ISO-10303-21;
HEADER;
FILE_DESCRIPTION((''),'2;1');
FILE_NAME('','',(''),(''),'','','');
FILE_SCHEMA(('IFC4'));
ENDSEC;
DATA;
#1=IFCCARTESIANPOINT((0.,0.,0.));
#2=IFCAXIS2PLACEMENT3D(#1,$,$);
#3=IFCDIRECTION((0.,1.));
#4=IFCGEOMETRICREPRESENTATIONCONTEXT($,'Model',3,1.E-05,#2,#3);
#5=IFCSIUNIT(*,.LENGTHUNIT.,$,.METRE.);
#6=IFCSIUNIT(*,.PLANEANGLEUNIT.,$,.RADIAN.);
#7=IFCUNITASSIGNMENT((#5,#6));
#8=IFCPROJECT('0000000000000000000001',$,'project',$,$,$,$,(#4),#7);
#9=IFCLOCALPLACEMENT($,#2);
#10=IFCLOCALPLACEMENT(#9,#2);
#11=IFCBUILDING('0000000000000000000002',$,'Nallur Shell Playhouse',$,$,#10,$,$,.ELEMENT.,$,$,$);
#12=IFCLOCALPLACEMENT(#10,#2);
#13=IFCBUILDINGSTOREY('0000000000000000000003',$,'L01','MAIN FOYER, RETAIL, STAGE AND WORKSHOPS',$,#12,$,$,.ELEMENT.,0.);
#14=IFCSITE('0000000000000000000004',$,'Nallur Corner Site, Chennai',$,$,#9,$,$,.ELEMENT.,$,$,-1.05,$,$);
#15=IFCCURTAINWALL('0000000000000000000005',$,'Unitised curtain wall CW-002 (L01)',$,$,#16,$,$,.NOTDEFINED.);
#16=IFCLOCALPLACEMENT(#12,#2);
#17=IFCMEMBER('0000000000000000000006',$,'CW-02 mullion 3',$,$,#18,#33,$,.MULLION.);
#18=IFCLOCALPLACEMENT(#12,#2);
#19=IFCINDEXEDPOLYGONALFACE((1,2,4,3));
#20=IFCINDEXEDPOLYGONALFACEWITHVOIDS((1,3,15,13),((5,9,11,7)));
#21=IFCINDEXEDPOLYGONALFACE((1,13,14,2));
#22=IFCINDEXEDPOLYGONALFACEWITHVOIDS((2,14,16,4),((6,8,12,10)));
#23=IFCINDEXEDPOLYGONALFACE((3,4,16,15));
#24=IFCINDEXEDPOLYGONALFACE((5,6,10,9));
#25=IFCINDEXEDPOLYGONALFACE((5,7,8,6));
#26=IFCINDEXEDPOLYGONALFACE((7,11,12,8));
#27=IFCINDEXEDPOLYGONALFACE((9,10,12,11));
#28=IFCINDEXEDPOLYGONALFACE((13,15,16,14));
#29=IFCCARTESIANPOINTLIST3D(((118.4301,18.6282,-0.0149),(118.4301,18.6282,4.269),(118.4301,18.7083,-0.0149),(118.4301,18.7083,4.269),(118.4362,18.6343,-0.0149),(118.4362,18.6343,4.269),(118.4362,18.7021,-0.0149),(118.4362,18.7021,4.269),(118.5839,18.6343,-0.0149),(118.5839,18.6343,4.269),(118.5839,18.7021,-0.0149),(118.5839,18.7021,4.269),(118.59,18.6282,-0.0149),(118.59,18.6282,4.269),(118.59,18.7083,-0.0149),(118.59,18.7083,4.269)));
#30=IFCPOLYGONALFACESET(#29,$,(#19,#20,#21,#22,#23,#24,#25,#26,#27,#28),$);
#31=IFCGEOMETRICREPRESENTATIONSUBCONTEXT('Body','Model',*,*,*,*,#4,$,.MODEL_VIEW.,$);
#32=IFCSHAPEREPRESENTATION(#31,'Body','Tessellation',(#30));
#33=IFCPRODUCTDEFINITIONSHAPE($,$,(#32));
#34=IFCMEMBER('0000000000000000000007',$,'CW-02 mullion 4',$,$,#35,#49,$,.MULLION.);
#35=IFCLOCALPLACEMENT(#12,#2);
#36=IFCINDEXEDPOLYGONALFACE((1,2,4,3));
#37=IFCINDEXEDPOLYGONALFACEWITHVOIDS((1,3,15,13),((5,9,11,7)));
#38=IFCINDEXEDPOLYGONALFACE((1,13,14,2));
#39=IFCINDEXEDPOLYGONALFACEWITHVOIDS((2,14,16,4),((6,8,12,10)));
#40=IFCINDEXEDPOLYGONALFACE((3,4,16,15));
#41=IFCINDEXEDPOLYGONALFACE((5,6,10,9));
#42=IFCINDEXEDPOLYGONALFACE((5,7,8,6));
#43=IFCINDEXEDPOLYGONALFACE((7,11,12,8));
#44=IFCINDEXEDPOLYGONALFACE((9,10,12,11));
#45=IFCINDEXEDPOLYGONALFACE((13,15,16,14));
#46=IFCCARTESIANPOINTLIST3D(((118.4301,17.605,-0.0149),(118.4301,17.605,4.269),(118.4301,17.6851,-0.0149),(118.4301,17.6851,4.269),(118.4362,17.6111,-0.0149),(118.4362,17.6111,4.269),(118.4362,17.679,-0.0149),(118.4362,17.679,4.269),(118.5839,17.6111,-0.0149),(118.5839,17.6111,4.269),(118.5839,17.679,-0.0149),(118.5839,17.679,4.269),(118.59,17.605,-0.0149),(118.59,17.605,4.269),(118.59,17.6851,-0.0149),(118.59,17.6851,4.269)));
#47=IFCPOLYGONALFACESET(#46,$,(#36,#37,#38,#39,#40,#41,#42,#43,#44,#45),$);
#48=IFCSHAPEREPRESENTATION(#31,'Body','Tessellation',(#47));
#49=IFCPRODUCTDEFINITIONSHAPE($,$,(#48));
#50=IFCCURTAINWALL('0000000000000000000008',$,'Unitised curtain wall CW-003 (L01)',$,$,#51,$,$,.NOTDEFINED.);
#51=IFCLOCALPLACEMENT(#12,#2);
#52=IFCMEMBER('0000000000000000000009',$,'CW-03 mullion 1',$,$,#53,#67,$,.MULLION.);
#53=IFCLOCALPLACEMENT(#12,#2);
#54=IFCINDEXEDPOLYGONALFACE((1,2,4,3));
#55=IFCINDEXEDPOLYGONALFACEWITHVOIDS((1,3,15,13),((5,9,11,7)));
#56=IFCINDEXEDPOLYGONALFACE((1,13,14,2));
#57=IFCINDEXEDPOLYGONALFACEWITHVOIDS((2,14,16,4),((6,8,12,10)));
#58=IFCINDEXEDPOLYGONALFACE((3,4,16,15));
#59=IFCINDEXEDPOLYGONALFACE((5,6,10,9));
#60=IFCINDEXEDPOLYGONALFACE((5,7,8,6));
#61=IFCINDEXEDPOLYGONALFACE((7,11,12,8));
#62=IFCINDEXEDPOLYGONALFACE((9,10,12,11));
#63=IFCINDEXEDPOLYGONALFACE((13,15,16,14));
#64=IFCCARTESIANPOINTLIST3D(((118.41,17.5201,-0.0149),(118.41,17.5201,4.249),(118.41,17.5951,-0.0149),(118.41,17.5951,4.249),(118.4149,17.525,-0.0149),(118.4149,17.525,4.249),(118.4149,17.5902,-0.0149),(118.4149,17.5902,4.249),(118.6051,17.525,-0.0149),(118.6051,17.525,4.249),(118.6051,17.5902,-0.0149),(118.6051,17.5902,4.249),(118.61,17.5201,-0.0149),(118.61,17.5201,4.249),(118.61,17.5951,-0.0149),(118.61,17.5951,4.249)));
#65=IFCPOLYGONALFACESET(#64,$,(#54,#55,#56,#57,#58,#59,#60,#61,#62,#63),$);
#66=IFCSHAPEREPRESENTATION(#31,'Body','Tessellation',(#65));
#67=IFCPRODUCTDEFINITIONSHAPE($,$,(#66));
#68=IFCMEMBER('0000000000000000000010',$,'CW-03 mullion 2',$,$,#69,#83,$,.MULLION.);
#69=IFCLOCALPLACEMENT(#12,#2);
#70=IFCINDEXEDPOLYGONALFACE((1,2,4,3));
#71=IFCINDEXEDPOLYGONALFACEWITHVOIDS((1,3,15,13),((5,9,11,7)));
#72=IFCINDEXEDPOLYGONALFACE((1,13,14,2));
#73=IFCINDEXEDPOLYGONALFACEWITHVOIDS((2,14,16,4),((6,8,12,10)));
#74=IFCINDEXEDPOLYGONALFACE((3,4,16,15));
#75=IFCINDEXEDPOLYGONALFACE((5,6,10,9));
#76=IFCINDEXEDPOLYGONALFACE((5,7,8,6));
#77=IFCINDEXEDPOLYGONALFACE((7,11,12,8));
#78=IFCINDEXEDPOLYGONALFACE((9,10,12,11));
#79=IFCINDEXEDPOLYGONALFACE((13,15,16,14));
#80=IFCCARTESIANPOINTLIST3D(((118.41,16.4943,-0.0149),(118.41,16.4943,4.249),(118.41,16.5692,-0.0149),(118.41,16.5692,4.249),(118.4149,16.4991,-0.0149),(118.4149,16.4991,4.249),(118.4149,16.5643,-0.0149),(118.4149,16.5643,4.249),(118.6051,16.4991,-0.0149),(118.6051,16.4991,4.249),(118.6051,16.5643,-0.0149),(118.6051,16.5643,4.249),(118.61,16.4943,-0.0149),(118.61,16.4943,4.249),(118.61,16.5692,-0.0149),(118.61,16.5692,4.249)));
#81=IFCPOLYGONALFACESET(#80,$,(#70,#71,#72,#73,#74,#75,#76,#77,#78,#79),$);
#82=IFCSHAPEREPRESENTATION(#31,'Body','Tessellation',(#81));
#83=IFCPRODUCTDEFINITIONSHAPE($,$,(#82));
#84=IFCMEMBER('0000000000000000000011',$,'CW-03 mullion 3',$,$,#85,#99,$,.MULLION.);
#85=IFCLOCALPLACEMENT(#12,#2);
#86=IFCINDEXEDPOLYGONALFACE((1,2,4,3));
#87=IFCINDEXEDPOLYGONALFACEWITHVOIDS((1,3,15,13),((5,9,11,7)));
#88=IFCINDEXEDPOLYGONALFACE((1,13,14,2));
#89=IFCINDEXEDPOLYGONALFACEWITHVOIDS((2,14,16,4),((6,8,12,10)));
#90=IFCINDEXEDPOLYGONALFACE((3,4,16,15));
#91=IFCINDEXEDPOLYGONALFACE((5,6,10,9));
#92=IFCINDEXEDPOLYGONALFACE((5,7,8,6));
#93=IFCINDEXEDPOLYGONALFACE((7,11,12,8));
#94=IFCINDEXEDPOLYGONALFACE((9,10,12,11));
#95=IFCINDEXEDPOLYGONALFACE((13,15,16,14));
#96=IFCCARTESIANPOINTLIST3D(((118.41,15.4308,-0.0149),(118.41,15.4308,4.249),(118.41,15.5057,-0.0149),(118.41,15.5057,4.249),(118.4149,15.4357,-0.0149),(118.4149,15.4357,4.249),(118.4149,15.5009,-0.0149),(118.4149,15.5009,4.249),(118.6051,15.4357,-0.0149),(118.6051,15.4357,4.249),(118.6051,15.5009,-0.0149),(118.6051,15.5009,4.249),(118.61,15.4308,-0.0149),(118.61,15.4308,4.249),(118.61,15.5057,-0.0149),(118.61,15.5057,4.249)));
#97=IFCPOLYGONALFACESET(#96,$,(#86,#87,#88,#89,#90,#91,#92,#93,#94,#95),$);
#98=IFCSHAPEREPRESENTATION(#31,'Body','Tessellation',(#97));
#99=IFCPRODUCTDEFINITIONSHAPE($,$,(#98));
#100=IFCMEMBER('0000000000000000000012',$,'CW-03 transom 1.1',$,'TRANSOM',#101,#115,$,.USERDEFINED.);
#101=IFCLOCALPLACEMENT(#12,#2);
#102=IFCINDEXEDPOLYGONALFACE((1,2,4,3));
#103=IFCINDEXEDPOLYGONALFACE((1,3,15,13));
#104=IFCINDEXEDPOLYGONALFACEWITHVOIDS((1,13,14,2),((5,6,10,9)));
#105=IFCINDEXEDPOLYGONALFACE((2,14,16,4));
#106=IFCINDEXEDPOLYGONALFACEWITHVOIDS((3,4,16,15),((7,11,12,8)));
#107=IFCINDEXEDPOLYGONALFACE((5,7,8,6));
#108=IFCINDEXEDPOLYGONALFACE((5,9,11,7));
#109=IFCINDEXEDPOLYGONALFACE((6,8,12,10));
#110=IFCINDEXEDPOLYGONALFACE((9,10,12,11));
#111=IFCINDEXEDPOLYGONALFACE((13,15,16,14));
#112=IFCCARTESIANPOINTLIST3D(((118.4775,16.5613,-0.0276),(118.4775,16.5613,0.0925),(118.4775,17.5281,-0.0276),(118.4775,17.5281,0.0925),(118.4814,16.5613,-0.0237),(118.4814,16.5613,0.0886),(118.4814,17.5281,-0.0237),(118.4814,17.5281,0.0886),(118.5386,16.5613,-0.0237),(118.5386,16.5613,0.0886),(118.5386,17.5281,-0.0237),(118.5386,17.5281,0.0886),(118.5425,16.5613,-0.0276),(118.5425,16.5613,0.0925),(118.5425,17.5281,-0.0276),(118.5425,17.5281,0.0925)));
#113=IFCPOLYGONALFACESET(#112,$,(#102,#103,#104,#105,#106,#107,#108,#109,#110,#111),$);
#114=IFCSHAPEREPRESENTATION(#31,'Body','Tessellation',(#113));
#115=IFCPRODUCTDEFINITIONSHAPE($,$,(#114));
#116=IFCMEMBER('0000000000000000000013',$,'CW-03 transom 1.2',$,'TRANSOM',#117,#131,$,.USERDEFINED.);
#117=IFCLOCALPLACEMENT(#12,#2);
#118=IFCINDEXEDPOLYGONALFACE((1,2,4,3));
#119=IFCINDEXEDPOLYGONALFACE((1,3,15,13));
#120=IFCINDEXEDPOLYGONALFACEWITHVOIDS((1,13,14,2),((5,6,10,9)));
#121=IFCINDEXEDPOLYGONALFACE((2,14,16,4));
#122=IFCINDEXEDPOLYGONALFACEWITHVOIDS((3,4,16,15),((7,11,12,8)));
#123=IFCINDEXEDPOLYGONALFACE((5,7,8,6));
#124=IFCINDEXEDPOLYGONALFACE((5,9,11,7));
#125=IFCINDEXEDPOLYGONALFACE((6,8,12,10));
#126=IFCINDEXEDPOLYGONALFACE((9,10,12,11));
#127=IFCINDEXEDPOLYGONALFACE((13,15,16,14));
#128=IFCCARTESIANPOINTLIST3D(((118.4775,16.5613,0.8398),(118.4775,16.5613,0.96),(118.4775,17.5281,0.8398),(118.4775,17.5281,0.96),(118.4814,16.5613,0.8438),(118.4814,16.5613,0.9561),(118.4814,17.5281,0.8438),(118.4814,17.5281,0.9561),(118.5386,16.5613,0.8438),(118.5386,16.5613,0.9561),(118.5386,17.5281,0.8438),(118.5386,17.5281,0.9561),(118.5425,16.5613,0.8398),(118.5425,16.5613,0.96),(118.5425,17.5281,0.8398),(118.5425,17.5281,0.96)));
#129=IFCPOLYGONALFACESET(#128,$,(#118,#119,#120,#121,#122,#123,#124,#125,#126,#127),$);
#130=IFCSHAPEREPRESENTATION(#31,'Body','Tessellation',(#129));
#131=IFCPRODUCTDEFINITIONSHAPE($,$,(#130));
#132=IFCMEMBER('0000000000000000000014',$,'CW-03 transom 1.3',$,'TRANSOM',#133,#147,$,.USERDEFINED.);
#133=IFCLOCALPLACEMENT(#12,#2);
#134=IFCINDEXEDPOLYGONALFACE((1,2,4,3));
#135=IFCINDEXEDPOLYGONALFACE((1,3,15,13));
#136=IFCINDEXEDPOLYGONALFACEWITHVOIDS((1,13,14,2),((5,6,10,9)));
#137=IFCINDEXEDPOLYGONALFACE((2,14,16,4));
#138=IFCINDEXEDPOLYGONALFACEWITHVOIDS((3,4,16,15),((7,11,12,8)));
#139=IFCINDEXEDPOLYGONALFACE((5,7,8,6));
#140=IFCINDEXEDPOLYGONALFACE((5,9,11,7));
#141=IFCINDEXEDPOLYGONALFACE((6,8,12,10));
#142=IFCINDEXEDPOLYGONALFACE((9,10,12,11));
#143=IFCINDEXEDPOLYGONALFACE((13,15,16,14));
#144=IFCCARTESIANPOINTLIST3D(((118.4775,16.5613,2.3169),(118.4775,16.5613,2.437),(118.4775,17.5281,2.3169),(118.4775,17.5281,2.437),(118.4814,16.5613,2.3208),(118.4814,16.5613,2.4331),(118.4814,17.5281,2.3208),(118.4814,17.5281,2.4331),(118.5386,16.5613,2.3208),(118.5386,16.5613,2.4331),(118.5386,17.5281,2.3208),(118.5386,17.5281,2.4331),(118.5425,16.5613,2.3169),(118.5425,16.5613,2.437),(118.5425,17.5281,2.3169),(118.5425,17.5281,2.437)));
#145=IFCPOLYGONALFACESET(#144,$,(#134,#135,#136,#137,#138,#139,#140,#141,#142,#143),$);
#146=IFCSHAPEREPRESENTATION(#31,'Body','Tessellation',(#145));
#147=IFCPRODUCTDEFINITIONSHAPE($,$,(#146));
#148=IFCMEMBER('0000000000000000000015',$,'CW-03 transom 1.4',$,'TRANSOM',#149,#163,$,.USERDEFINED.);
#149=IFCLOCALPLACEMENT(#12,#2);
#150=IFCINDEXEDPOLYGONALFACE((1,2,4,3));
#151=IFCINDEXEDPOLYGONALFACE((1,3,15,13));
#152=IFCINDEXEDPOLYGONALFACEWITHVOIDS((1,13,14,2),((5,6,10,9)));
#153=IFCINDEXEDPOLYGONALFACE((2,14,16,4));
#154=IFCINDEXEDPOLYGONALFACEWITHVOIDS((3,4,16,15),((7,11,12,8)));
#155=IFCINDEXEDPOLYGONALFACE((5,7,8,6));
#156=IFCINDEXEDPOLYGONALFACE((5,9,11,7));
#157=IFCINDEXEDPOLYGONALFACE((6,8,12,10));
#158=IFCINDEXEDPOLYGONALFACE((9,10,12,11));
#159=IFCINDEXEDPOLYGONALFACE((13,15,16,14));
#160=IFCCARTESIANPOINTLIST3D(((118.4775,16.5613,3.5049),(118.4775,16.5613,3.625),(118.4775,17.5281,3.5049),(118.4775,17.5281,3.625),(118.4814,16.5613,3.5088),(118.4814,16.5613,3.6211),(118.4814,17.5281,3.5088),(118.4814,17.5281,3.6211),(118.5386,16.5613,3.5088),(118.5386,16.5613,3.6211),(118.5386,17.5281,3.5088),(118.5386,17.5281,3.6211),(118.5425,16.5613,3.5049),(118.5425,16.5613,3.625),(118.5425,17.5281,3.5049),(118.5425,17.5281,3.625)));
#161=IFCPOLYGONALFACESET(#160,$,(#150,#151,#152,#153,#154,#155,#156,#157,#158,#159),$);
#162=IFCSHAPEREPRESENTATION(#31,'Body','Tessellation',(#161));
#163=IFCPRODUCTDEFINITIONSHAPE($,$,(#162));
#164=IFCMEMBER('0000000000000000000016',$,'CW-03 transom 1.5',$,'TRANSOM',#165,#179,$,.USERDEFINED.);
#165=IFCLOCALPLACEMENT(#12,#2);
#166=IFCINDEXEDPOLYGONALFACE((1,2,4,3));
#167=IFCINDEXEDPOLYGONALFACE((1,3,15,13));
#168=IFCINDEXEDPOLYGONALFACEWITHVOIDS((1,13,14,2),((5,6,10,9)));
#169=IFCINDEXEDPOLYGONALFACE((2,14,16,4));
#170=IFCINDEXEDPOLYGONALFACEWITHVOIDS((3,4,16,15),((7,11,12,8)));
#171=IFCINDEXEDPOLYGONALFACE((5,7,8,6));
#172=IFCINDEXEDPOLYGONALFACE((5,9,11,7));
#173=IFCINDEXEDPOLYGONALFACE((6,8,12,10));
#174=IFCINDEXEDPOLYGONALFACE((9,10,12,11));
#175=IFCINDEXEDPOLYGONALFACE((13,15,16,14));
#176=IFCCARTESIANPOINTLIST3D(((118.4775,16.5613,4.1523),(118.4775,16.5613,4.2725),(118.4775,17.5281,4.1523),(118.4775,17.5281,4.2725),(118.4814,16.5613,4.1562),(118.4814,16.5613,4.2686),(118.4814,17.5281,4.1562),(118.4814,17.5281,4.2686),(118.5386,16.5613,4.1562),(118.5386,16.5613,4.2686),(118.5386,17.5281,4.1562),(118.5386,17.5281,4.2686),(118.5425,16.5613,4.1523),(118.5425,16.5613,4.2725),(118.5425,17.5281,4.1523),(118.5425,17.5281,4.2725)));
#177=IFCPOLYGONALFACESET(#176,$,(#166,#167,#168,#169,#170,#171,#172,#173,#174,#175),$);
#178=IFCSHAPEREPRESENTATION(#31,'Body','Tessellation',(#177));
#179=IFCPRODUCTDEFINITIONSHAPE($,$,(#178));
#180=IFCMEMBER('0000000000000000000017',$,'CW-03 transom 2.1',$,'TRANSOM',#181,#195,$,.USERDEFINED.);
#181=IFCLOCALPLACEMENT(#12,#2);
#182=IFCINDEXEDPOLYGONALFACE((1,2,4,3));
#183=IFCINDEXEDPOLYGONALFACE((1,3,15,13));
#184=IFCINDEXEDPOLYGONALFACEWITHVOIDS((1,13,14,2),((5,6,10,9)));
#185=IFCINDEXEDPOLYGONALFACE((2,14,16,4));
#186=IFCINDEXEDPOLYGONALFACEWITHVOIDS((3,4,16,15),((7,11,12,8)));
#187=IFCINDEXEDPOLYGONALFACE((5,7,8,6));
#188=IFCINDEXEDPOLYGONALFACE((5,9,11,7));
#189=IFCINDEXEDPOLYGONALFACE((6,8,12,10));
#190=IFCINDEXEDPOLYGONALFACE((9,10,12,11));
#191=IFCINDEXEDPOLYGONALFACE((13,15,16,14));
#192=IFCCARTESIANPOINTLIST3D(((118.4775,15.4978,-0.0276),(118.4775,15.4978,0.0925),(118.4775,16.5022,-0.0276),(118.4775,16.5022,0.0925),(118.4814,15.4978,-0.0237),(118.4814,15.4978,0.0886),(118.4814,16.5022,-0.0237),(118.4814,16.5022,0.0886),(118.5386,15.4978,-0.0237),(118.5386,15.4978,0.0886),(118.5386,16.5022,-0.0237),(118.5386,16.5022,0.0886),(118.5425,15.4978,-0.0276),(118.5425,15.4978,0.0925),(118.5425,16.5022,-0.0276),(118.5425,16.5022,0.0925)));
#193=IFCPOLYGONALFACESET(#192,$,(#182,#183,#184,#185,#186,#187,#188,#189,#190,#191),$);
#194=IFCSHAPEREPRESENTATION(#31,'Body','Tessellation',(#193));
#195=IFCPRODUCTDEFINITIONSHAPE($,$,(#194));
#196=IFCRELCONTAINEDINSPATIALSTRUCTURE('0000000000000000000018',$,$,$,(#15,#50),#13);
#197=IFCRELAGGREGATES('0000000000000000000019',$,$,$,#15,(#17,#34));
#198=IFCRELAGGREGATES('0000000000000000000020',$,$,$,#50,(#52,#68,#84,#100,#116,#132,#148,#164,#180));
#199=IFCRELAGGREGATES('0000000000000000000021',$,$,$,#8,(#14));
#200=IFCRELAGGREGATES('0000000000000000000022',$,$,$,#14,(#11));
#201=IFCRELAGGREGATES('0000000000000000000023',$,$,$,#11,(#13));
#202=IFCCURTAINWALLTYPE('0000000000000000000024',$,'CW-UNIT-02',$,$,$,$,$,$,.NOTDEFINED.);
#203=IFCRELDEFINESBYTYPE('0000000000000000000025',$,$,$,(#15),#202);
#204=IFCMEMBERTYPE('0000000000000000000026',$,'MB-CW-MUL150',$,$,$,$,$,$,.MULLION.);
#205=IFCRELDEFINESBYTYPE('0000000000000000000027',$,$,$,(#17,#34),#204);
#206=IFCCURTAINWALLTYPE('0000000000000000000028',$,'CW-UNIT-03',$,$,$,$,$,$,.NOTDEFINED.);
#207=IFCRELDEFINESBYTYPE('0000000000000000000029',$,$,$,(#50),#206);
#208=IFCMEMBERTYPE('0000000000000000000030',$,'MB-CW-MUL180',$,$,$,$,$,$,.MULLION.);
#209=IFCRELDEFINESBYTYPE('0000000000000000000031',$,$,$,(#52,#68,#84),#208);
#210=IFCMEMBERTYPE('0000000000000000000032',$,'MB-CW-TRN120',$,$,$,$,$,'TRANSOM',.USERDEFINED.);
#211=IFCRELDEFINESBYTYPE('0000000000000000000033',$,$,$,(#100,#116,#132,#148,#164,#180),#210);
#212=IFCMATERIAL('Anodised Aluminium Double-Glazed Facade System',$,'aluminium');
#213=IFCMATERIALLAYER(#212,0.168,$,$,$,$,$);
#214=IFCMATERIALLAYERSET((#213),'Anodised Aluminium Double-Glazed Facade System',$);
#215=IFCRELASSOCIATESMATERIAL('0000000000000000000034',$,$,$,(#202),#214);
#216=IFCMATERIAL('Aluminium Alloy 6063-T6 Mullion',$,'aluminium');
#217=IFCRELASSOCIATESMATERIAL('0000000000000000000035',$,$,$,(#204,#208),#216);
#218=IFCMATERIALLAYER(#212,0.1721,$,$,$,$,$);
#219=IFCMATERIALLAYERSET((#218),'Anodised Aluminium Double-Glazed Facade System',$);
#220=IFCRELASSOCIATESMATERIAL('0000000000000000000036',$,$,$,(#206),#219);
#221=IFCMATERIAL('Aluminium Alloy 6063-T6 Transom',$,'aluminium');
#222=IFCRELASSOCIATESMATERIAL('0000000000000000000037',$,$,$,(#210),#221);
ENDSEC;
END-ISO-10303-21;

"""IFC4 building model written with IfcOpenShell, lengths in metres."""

from ifc_helpers import new_model, si_unit, direction, frame, origin, origin_2d, place, context, subcontext, project, spatial, hollow_rectangle, extrude, material, layer, layer_set, material_profile, profile_set, type_object, element, aggregate, save


model = new_model("IFC4")

# Units and contexts
model_context = context("Model", 3, precision=1e-05, world=origin(), true_north=direction((0.0, 1.0)))
body_context = subcontext(model_context, "Body", "Model", "MODEL_VIEW")
ifc_project = project(units=[si_unit("LENGTHUNIT", "METRE"), si_unit("PLANEANGLEUNIT", "RADIAN")], contexts=[model_context])

# Site, building, storey
site_placement = place(None, origin())
site = spatial("IfcSite", under=ifc_project, at=site_placement, Name="Nallur Corner Site, Chennai", CompositionType="ELEMENT", RefElevation=-1.05)
building_placement = place(site_placement, origin())
building = spatial("IfcBuilding", under=site, at=building_placement, Name="Nallur Shell Playhouse", CompositionType="ELEMENT")
storey_placement = place(building_placement, origin())
storey = spatial("IfcBuildingStorey", under=building, at=storey_placement, Name="L01", Description="MAIN FOYER, RETAIL, STAGE AND WORKSHOPS", CompositionType="ELEMENT", Elevation=0.0)

# Curtain walls, members
ifc_material_1 = material(Name="Anodised Aluminium Double-Glazed Facade System", Category="aluminium")
ifc_layer_1 = layer(ifc_material_1, 0.168)
ifc_layer_set_1 = layer_set([ifc_layer_1], Name="Anodised Aluminium Double-Glazed Facade System")
curtain_wall_type_1 = type_object("IfcCurtainWallType", Name="CW-UNIT-02", PredefinedType="NOTDEFINED", material=ifc_layer_set_1)
curtain_wall_1_placement = place(storey_placement, origin())
curtain_wall_1 = element("IfcCurtainWall", 1, at=curtain_wall_1_placement, inside=storey, type_object=curtain_wall_type_1, Name="Unitised curtain wall CW-002 (L01)", PredefinedType="NOTDEFINED")
ifc_material_2 = material(Name="Aluminium Alloy 6063-T6 Mullion", Category="aluminium")
ifc_material_profile_1 = material_profile(ifc_material_2, hollow_rectangle(XDim=0.0801, YDim=0.1599, WallThickness=0.0061, at=origin_2d()), Name="RHS 160x80x6")
ifc_profile_set_1 = profile_set([ifc_material_profile_1], Name="Aluminium Alloy 6063-T6 Mullion")
member_type_1 = type_object("IfcMemberType", Name="MB-CW-MUL150", PredefinedType="MULLION", material=ifc_profile_set_1)
member_1_placement = place(storey_placement, frame((118.51, 18.6682, -0.0149), z_axis=(0.0, 0.0, 1.0), x_axis=(0.0, -1.0, 0.0)))
member_1 = element("IfcMember", 2, at=member_1_placement, type_object=member_type_1, Name="CW-02 mullion 3", PredefinedType="MULLION", context=body_context, shape_type="SweptSolid", body=[
    extrude(hollow_rectangle(XDim=0.0801, YDim=0.1599, WallThickness=0.0061, at=origin_2d()), origin(), (0.0, 0.0, 1.0), 4.2839),
])
member_2_placement = place(storey_placement, frame((118.51, 17.645, -0.0149), z_axis=(0.0, 0.0, 1.0), x_axis=(0.0, -1.0, 0.0)))
member_2 = element("IfcMember", 3, at=member_2_placement, type_object=member_type_1, Name="CW-02 mullion 4", PredefinedType="MULLION", context=body_context, shape_type="SweptSolid", body=[
    extrude(hollow_rectangle(XDim=0.0801, YDim=0.1599, WallThickness=0.0061, at=origin_2d()), origin(), (0.0, 0.0, 1.0), 4.2839),
])
ifc_layer_2 = layer(ifc_material_1, 0.1721)
ifc_layer_set_2 = layer_set([ifc_layer_2], Name="Anodised Aluminium Double-Glazed Facade System")
curtain_wall_type_2 = type_object("IfcCurtainWallType", Name="CW-UNIT-03", PredefinedType="NOTDEFINED", material=ifc_layer_set_2)
curtain_wall_2_placement = place(storey_placement, origin())
curtain_wall_2 = element("IfcCurtainWall", 4, at=curtain_wall_2_placement, inside=storey, type_object=curtain_wall_type_2, Name="Unitised curtain wall CW-003 (L01)", PredefinedType="NOTDEFINED")
ifc_material_profile_2 = material_profile(ifc_material_2, hollow_rectangle(XDim=0.075, YDim=0.2, WallThickness=0.0049, at=origin_2d()), Name="ALU 75x200x5")
ifc_profile_set_2 = profile_set([ifc_material_profile_2], Name="Aluminium Alloy 6063-T6 Mullion")
member_type_2 = type_object("IfcMemberType", Name="MB-CW-MUL180", PredefinedType="MULLION", material=ifc_profile_set_2)
member_3_placement = place(storey_placement, frame((118.51, 17.5576, -0.0149), z_axis=(0.0, 0.0, 1.0), x_axis=(0.0, -1.0, 0.0)))
member_3 = element("IfcMember", 5, at=member_3_placement, type_object=member_type_2, Name="CW-03 mullion 1", PredefinedType="MULLION", context=body_context, shape_type="SweptSolid", body=[
    extrude(hollow_rectangle(XDim=0.075, YDim=0.2, WallThickness=0.0049, at=origin_2d()), origin(), (0.0, 0.0, 1.0), 4.2639),
])
member_4_placement = place(storey_placement, frame((118.51, 16.5317, -0.0149), z_axis=(0.0, 0.0, 1.0), x_axis=(0.0, -1.0, 0.0)))
member_4 = element("IfcMember", 6, at=member_4_placement, type_object=member_type_2, Name="CW-03 mullion 2", PredefinedType="MULLION", context=body_context, shape_type="SweptSolid", body=[
    extrude(hollow_rectangle(XDim=0.075, YDim=0.2, WallThickness=0.0049, at=origin_2d()), origin(), (0.0, 0.0, 1.0), 4.2639),
])
member_5_placement = place(storey_placement, frame((118.51, 15.4683, -0.0149), z_axis=(0.0, 0.0, 1.0), x_axis=(0.0, -1.0, 0.0)))
member_5 = element("IfcMember", 7, at=member_5_placement, type_object=member_type_2, Name="CW-03 mullion 3", PredefinedType="MULLION", context=body_context, shape_type="SweptSolid", body=[
    extrude(hollow_rectangle(XDim=0.075, YDim=0.2, WallThickness=0.0049, at=origin_2d()), origin(), (0.0, 0.0, 1.0), 4.2639),
])
ifc_material_3 = material(Name="Aluminium Alloy 6063-T6 Transom", Category="aluminium")
ifc_material_profile_3 = material_profile(ifc_material_3, hollow_rectangle(XDim=0.0649, YDim=0.1201, WallThickness=0.0039, at=origin_2d()), Name="ALU 65x120x4")
ifc_profile_set_3 = profile_set([ifc_material_profile_3], Name="Aluminium Alloy 6063-T6 Transom")
member_type_3 = type_object("IfcMemberType", Name="MB-CW-TRN120", ElementType="TRANSOM", PredefinedType="USERDEFINED", material=ifc_profile_set_3)
member_6_placement = place(storey_placement, frame((118.51, 17.5281, 0.0325), z_axis=(0.0, -1.0, 0.0), x_axis=(1.0, 0.0, 0.0)))
member_6 = element("IfcMember", 8, at=member_6_placement, type_object=member_type_3, Name="CW-03 transom 1.1", ObjectType="TRANSOM", PredefinedType="USERDEFINED", context=body_context, shape_type="SweptSolid", body=[
    extrude(hollow_rectangle(XDim=0.0649, YDim=0.1201, WallThickness=0.0039, at=origin_2d()), origin(), (0.0, 0.0, 1.0), 0.9668),
])
member_7_placement = place(storey_placement, frame((118.51, 17.5281, 0.8999), z_axis=(0.0, -1.0, 0.0), x_axis=(1.0, 0.0, 0.0)))
member_7 = element("IfcMember", 9, at=member_7_placement, type_object=member_type_3, Name="CW-03 transom 1.2", ObjectType="TRANSOM", PredefinedType="USERDEFINED", context=body_context, shape_type="SweptSolid", body=[
    extrude(hollow_rectangle(XDim=0.0649, YDim=0.1201, WallThickness=0.0039, at=origin_2d()), origin(), (0.0, 0.0, 1.0), 0.9668),
])
member_8_placement = place(storey_placement, frame((118.51, 17.5281, 2.377), z_axis=(0.0, -1.0, 0.0), x_axis=(1.0, 0.0, 0.0)))
member_8 = element("IfcMember", 10, at=member_8_placement, type_object=member_type_3, Name="CW-03 transom 1.3", ObjectType="TRANSOM", PredefinedType="USERDEFINED", context=body_context, shape_type="SweptSolid", body=[
    extrude(hollow_rectangle(XDim=0.0649, YDim=0.1201, WallThickness=0.0039, at=origin_2d()), origin(), (0.0, 0.0, 1.0), 0.9668),
])
member_9_placement = place(storey_placement, frame((118.51, 17.5281, 3.5649), z_axis=(0.0, -1.0, 0.0), x_axis=(1.0, 0.0, 0.0)))
member_9 = element("IfcMember", 11, at=member_9_placement, type_object=member_type_3, Name="CW-03 transom 1.4", ObjectType="TRANSOM", PredefinedType="USERDEFINED", context=body_context, shape_type="SweptSolid", body=[
    extrude(hollow_rectangle(XDim=0.0649, YDim=0.1201, WallThickness=0.0039, at=origin_2d()), origin(), (0.0, 0.0, 1.0), 0.9668),
])
member_10_placement = place(storey_placement, frame((118.51, 17.5281, 4.2124), z_axis=(0.0, -1.0, 0.0), x_axis=(1.0, 0.0, 0.0)))
member_10 = element("IfcMember", 12, at=member_10_placement, type_object=member_type_3, Name="CW-03 transom 1.5", ObjectType="TRANSOM", PredefinedType="USERDEFINED", context=body_context, shape_type="SweptSolid", body=[
    extrude(hollow_rectangle(XDim=0.0649, YDim=0.1201, WallThickness=0.0039, at=origin_2d()), origin(), (0.0, 0.0, 1.0), 0.9668),
])
member_11_placement = place(storey_placement, frame((118.51, 16.5022, 0.0325), z_axis=(0.0, -1.0, 0.0), x_axis=(1.0, 0.0, 0.0)))
member_11 = element("IfcMember", 13, at=member_11_placement, type_object=member_type_3, Name="CW-03 transom 2.1", ObjectType="TRANSOM", PredefinedType="USERDEFINED", context=body_context, shape_type="SweptSolid", body=[
    extrude(hollow_rectangle(XDim=0.0649, YDim=0.1201, WallThickness=0.0039, at=origin_2d()), origin(), (0.0, 0.0, 1.0), 1.0044),
])

aggregate(curtain_wall_1, [member_1, member_2])
aggregate(curtain_wall_2, [member_3, member_4, member_5, member_6, member_7, member_8, member_9, member_10, member_11])

save(model, "model.ifc")
